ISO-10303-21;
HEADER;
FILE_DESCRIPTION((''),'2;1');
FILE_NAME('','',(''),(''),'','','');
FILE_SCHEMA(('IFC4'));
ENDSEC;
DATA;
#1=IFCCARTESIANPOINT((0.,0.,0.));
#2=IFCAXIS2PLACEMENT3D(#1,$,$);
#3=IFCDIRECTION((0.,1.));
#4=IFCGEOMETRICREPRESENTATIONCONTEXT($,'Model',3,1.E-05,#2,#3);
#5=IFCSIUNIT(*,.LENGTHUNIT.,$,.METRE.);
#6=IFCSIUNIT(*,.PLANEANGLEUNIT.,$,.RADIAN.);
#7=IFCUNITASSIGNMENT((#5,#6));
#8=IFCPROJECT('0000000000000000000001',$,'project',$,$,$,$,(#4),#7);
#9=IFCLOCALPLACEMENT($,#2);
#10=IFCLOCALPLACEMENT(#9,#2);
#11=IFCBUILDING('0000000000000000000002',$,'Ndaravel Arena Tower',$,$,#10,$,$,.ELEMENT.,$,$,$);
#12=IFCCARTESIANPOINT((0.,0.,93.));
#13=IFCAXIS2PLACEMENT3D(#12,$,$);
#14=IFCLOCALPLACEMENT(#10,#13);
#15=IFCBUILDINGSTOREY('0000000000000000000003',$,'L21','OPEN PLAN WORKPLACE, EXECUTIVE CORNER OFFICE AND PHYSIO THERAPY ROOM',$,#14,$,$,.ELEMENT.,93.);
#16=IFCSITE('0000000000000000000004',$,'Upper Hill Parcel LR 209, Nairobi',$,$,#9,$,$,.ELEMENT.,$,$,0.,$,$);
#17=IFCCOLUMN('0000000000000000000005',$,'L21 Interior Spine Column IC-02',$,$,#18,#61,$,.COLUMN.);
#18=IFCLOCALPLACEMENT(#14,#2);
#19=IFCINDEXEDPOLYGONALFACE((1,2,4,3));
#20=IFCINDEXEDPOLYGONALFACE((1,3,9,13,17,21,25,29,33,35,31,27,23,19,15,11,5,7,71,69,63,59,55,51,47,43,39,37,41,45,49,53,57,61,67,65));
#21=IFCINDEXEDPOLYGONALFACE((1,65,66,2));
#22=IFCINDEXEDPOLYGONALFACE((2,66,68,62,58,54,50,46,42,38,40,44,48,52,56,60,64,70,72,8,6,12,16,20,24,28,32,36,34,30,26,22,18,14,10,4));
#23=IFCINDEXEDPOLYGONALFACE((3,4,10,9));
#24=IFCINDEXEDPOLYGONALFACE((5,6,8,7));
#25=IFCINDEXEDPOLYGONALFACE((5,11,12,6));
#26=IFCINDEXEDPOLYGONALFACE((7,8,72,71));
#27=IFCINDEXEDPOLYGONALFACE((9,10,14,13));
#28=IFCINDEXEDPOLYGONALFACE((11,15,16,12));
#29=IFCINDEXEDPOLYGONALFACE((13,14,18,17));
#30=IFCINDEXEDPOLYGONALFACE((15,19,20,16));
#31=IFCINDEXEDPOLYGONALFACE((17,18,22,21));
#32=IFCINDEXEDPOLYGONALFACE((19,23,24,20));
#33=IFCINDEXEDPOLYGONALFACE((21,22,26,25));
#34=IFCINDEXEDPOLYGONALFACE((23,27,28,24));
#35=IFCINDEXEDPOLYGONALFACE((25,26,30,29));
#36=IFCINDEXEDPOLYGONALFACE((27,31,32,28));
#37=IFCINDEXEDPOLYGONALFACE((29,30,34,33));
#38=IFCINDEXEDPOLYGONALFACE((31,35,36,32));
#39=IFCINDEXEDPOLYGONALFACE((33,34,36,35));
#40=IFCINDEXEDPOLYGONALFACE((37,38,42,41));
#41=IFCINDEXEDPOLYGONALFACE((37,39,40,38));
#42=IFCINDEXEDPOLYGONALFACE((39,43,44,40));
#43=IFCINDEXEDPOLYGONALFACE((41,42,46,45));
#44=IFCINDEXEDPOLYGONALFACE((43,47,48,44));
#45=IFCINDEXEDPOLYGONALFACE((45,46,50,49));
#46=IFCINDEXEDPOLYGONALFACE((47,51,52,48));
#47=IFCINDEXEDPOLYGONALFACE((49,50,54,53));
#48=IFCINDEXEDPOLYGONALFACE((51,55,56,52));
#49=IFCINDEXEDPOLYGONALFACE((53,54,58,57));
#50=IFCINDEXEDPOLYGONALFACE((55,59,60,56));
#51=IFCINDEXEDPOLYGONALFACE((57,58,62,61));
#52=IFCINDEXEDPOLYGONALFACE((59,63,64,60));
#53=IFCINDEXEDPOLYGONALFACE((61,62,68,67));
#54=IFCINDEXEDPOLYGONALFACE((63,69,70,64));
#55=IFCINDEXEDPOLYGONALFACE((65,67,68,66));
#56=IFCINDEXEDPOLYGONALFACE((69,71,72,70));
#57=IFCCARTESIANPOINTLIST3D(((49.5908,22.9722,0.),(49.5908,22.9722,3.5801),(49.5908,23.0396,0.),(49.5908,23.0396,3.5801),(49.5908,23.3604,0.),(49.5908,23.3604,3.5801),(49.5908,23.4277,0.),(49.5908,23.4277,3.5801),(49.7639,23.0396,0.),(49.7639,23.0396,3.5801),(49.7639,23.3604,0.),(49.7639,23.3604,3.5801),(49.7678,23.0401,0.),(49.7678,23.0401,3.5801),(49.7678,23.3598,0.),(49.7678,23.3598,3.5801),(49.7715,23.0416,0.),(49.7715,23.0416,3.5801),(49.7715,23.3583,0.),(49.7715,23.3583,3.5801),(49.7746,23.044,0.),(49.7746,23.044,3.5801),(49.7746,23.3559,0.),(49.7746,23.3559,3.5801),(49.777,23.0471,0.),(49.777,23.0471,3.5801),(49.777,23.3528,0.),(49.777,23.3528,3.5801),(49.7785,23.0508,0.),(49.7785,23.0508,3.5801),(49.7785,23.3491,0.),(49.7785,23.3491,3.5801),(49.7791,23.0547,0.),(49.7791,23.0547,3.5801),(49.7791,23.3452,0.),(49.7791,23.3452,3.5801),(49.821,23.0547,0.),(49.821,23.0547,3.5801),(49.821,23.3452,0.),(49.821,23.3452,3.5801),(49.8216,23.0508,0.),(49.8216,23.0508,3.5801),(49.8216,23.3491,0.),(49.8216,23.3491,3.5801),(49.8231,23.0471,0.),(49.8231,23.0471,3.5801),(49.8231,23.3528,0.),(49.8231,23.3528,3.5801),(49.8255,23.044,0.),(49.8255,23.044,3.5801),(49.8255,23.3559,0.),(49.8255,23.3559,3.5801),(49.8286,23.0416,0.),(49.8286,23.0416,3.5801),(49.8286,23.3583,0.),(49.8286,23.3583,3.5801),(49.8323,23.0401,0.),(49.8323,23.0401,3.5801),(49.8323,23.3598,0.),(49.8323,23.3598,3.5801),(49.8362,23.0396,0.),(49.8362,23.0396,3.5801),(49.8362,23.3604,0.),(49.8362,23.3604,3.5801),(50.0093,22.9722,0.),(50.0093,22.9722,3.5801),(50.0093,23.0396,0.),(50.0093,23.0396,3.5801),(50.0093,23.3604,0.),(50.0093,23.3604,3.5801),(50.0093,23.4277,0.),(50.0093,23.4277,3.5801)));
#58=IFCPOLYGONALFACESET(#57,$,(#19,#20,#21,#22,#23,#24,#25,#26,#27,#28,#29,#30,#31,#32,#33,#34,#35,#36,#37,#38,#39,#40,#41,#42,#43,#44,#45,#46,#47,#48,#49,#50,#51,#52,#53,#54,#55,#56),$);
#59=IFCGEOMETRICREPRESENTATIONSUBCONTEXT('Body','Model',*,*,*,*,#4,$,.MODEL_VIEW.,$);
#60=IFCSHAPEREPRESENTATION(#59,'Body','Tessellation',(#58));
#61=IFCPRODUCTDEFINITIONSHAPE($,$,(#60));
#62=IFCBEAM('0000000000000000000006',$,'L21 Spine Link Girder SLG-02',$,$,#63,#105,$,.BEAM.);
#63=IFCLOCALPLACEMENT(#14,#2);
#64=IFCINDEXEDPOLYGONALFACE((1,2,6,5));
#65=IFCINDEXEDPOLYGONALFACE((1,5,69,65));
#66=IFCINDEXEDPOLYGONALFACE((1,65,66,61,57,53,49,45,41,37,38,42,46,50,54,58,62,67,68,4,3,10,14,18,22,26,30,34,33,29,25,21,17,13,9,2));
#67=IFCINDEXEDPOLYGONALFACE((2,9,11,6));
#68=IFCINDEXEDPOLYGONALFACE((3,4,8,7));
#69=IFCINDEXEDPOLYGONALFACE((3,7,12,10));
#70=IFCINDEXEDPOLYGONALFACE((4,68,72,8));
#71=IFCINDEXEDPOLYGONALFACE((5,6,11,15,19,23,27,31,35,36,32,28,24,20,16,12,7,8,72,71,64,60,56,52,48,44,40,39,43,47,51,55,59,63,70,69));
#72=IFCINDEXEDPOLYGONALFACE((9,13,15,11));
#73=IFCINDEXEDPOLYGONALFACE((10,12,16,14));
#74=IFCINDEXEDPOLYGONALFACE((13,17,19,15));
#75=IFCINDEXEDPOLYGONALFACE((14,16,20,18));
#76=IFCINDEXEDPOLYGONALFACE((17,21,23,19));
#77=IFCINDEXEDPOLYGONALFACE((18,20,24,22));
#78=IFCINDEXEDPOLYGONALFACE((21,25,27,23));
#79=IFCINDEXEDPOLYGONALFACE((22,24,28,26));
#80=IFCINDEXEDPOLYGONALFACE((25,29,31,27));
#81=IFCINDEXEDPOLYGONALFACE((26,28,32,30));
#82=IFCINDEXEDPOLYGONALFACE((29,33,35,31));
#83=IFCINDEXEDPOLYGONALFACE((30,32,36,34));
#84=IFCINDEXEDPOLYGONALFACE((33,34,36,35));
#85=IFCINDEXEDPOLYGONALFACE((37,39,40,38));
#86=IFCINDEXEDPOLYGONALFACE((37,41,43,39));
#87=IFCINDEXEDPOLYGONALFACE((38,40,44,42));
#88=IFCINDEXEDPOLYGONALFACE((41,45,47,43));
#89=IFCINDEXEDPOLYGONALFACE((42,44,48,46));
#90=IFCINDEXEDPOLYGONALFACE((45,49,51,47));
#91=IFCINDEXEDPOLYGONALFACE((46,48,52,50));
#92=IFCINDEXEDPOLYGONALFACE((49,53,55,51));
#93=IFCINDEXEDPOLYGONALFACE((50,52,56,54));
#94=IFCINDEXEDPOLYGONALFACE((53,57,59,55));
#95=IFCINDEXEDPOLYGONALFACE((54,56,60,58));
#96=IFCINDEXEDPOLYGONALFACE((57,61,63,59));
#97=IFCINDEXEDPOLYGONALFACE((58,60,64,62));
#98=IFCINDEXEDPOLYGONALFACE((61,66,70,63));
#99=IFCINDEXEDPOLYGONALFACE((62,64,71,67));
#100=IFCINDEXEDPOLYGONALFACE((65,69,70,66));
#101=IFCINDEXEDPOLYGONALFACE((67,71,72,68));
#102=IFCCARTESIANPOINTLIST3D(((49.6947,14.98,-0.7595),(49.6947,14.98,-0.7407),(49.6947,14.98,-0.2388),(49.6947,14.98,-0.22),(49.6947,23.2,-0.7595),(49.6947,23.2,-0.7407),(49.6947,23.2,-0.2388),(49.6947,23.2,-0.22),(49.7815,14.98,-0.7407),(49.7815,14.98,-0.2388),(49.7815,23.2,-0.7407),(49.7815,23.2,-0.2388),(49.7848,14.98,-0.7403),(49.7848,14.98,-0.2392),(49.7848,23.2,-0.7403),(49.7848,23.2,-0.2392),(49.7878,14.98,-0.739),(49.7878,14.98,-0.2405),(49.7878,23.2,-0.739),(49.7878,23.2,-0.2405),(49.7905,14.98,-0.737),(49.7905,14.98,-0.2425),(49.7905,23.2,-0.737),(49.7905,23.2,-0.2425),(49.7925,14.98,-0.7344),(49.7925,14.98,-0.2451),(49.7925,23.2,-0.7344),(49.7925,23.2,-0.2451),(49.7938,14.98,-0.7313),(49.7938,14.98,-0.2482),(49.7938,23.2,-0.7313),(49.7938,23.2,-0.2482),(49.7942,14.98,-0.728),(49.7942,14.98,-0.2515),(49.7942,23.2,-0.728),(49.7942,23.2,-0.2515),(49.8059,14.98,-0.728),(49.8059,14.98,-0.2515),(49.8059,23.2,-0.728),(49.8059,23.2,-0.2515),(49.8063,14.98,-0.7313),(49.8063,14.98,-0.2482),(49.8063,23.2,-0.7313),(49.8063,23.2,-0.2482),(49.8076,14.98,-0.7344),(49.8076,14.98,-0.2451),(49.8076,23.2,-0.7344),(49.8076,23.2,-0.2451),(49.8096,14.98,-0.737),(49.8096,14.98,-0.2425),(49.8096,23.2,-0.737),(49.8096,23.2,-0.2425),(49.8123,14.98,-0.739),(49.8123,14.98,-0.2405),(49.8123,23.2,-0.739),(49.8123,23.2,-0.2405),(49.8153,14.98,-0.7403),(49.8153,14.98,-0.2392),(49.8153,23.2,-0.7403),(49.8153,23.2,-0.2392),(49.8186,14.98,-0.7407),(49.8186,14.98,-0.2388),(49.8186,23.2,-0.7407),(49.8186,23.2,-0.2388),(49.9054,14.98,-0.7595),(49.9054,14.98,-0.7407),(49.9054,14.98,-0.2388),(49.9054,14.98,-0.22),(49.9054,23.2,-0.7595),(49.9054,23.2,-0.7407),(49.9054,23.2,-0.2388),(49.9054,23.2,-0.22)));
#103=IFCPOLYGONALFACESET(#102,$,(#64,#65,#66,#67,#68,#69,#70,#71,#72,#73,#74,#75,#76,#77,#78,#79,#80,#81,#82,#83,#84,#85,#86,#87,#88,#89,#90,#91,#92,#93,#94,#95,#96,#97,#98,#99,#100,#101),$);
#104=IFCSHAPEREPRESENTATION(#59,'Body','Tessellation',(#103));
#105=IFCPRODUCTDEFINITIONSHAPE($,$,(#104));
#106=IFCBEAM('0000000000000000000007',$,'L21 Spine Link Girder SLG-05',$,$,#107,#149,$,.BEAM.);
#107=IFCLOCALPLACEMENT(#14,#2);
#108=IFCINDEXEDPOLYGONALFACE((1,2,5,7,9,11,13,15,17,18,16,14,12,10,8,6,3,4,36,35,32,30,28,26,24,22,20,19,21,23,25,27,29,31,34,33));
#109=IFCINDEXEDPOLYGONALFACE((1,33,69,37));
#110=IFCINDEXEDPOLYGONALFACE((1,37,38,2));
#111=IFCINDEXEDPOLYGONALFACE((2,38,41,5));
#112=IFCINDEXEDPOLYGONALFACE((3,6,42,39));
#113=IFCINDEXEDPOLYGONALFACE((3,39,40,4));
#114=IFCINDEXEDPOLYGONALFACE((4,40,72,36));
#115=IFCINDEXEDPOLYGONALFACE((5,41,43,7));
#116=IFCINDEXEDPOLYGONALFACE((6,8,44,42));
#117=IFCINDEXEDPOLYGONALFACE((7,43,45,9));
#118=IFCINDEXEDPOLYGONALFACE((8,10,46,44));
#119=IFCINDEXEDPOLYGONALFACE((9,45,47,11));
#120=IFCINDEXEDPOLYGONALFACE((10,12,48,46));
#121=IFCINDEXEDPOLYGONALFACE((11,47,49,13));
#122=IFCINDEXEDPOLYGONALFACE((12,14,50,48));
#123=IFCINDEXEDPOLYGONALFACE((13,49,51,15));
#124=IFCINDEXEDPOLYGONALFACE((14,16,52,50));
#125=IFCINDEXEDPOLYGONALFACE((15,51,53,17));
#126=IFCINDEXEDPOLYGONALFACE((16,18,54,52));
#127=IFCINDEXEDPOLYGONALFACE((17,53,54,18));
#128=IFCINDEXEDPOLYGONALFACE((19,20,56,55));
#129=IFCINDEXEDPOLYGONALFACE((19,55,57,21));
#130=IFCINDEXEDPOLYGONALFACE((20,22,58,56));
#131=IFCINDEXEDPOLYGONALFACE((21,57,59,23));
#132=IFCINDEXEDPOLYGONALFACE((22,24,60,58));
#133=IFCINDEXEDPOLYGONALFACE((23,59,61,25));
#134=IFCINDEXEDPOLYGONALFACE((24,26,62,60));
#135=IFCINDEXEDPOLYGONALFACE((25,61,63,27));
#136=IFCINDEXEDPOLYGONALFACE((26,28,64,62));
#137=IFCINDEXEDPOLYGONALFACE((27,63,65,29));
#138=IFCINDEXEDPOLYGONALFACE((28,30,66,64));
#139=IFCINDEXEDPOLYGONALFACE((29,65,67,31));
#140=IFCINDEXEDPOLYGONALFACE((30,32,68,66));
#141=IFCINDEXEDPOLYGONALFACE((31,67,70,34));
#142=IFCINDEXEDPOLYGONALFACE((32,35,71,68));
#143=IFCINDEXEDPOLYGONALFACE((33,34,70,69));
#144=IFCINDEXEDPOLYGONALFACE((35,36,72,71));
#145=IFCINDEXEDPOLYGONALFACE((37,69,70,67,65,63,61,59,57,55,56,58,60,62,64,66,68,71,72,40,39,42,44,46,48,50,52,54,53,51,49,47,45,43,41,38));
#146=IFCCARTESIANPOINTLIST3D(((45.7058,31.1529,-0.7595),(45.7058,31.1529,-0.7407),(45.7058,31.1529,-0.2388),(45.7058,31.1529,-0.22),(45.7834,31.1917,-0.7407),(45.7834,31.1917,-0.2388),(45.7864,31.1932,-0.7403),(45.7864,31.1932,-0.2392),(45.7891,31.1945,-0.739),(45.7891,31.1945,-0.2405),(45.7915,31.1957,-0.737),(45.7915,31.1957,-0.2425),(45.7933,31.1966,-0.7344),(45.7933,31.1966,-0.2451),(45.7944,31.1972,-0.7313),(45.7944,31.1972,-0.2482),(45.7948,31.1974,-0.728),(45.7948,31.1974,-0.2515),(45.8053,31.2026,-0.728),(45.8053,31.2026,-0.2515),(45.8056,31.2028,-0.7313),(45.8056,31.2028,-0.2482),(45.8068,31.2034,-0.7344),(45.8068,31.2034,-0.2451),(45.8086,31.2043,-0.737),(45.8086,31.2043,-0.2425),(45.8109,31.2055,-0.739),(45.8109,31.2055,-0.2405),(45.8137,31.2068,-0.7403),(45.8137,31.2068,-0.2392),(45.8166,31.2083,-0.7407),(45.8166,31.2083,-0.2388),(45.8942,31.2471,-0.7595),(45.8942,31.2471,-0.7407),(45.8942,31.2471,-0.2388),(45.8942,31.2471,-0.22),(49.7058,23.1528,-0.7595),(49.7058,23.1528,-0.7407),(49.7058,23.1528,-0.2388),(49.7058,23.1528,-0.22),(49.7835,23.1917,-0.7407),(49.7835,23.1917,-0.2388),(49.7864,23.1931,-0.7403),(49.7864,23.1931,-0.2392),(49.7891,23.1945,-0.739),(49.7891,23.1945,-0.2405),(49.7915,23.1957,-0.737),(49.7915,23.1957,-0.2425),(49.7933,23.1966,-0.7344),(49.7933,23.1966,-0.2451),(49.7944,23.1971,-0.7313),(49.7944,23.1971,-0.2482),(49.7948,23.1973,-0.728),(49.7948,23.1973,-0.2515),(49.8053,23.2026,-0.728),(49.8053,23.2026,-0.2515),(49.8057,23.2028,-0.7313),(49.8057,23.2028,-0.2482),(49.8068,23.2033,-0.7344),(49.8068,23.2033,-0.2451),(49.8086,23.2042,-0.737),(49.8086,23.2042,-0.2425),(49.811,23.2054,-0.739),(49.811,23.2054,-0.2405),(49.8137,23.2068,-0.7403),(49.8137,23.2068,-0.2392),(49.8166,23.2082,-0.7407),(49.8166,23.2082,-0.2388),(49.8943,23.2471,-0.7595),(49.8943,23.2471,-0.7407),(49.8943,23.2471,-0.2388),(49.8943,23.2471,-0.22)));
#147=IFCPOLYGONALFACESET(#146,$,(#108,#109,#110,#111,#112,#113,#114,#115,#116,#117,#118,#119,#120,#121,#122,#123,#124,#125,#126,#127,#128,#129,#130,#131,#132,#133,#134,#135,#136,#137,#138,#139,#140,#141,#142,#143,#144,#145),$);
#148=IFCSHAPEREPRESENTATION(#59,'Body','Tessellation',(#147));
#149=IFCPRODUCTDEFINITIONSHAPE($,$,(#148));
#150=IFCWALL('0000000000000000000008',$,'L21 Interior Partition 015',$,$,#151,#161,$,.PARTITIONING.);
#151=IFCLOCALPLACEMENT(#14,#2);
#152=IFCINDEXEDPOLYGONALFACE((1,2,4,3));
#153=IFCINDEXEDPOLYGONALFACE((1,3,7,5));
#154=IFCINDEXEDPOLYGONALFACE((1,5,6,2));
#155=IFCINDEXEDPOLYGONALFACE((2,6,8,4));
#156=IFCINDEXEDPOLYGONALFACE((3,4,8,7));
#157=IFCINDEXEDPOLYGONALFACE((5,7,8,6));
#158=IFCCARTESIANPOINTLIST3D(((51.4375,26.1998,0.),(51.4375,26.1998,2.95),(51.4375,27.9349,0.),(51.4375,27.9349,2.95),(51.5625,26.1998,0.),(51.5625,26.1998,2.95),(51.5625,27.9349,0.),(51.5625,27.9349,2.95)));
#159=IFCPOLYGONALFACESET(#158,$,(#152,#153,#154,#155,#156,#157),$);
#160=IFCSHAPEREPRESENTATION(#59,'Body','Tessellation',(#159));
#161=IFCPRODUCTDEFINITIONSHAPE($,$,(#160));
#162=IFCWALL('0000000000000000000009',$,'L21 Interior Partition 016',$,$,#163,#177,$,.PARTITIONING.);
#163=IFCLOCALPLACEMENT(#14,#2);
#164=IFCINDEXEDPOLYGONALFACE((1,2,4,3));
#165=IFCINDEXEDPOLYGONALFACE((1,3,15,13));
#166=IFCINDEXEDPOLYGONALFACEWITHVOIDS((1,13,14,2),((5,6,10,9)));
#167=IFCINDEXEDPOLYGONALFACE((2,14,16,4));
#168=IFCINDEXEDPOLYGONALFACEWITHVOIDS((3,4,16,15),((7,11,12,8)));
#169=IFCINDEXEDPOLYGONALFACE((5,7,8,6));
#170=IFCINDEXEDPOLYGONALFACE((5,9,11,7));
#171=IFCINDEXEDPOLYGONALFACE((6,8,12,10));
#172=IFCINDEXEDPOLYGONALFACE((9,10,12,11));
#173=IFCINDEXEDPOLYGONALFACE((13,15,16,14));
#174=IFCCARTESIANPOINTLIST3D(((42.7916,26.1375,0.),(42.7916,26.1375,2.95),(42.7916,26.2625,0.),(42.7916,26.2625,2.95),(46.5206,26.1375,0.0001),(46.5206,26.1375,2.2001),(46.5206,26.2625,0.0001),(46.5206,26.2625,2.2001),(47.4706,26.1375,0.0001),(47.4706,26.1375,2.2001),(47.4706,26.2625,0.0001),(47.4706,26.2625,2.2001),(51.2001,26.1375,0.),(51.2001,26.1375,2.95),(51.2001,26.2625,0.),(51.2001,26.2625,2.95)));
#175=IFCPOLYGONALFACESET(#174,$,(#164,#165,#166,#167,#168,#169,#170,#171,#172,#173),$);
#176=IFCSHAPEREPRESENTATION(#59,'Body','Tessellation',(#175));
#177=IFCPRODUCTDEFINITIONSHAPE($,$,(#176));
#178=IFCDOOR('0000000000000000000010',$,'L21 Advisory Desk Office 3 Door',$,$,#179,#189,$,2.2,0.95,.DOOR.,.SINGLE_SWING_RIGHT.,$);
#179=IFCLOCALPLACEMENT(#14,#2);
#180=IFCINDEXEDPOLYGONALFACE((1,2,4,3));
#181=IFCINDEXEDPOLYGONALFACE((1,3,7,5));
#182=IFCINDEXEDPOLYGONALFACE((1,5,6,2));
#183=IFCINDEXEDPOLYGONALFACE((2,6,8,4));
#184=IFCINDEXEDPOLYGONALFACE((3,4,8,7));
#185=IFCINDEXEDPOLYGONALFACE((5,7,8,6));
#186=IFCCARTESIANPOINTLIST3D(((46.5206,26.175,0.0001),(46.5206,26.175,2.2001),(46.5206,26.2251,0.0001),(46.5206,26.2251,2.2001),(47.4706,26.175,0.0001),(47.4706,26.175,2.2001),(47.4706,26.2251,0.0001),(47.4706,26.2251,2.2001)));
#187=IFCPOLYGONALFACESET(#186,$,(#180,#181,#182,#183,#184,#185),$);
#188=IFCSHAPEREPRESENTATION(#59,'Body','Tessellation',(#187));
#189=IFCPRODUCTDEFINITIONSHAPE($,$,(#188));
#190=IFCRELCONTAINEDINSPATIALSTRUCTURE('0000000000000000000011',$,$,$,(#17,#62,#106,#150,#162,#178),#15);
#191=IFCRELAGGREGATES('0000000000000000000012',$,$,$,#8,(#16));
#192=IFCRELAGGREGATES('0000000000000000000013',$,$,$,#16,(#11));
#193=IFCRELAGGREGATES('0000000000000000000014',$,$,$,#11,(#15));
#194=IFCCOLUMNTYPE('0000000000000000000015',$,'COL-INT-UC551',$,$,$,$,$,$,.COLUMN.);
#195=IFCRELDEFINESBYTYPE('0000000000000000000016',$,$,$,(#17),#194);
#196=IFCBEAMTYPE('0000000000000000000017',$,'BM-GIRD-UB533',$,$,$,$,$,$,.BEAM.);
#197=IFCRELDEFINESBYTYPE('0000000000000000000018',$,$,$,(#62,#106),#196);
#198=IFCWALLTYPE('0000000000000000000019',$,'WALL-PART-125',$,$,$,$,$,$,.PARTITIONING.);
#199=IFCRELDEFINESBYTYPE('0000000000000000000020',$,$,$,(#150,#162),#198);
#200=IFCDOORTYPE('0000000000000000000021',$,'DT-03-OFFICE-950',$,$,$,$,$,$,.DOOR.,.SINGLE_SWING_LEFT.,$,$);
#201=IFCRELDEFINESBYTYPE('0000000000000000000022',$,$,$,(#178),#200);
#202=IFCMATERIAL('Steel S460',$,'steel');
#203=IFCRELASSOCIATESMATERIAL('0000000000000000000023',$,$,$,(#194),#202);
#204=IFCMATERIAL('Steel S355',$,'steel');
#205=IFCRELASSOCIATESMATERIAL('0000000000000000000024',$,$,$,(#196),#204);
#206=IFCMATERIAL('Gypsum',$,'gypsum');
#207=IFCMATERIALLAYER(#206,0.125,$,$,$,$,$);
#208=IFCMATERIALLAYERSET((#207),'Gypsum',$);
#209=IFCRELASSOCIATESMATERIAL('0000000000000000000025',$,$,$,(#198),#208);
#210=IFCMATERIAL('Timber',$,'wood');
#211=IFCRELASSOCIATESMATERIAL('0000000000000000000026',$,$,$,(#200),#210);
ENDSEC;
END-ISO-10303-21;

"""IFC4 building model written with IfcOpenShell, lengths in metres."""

from ifc_helpers import new_model, si_unit, direction, frame, frame_2d, origin, origin_2d, place, context, subcontext, project, spatial, rectangle, i_section, extrude, material, layer, layer_set, material_profile, profile_set, type_object, element, fill, save


model = new_model("IFC4")

# Units and contexts
model_context = context("Model", 3, precision=1e-05, world=origin(), true_north=direction((0.0, 1.0)))
body_context = subcontext(model_context, "Body", "Model", "MODEL_VIEW")
ifc_project = project(units=[si_unit("LENGTHUNIT", "METRE"), si_unit("PLANEANGLEUNIT", "RADIAN")], contexts=[model_context])

# Site, building, storey
site_placement = place(None, origin())
site = spatial("IfcSite", under=ifc_project, at=site_placement, Name="Upper Hill Parcel LR 209, Nairobi", CompositionType="ELEMENT", RefElevation=0.0)
building_placement = place(site_placement, origin())
building = spatial("IfcBuilding", under=site, at=building_placement, Name="Ndaravel Arena Tower", CompositionType="ELEMENT")
storey_placement = place(building_placement, frame((0.0, 0.0, 93.0)))
storey = spatial("IfcBuildingStorey", under=building, at=storey_placement, Name="L21", Description="OPEN PLAN WORKPLACE, EXECUTIVE CORNER OFFICE AND PHYSIO THERAPY ROOM", CompositionType="ELEMENT", Elevation=93.0)

# Column
ifc_material_1 = material(Name="Steel S460", Category="steel")
ifc_material_profile_1 = material_profile(ifc_material_1, i_section(OverallWidth=0.4185, OverallDepth=0.4556, WebThickness=0.042, FlangeThickness=0.0674, FilletRadius=0.0151, at=origin_2d()), Name="UC 356x406x551")
ifc_profile_set_1 = profile_set([ifc_material_profile_1], Name="Steel S460")
column_type = type_object("IfcColumnType", Name="COL-INT-UC551", PredefinedType="COLUMN", material=ifc_profile_set_1)
column_placement = place(storey_placement, frame((49.8, 23.2, 0.0), z_axis=(0.0, 0.0, 1.0), x_axis=(1.0, 0.0, 0.0)))
element("IfcColumn", 1, at=column_placement, inside=storey, type_object=column_type, Name="L21 Interior Spine Column IC-02", PredefinedType="COLUMN", context=body_context, shape_type="SweptSolid", body=[
    extrude(i_section(OverallWidth=0.4185, OverallDepth=0.4556, WebThickness=0.042, FlangeThickness=0.0674, FilletRadius=0.0151, at=origin_2d()), origin(), (0.0, 0.0, 1.0), 3.5801),
])

# Beams
ifc_material_2 = material(Name="Steel S355", Category="steel")
ifc_material_profile_2 = material_profile(ifc_material_2, i_section(OverallWidth=0.2107, OverallDepth=0.5396, WebThickness=0.0117, FlangeThickness=0.0188, FilletRadius=0.0127, at=origin_2d()), Name="UB 533x210x109")
ifc_profile_set_2 = profile_set([ifc_material_profile_2], Name="Steel S355")
beam_type = type_object("IfcBeamType", Name="BM-GIRD-UB533", PredefinedType="BEAM", material=ifc_profile_set_2)
beam_1_placement = place(storey_placement, frame((49.8, 14.98, -0.4897), z_axis=(0.0, 1.0, 0.0), x_axis=(-1.0, 0.0, 0.0)))
element("IfcBeam", 2, at=beam_1_placement, inside=storey, type_object=beam_type, Name="L21 Spine Link Girder SLG-02", PredefinedType="BEAM", context=body_context, shape_type="SweptSolid", body=[
    extrude(i_section(OverallWidth=0.2107, OverallDepth=0.5396, WebThickness=0.0117, FlangeThickness=0.0188, FilletRadius=0.0127, at=origin_2d()), origin(), (0.0, 0.0, 1.0), 8.22),
])
beam_2_placement = place(storey_placement, frame((49.8, 23.2, -0.4897), z_axis=(-0.447214, 0.894427, 0.0), x_axis=(-0.894427, -0.447214, 0.0)))
element("IfcBeam", 3, at=beam_2_placement, inside=storey, type_object=beam_type, Name="L21 Spine Link Girder SLG-05", PredefinedType="BEAM", context=body_context, shape_type="SweptSolid", body=[
    extrude(i_section(OverallWidth=0.2107, OverallDepth=0.5396, WebThickness=0.0117, FlangeThickness=0.0188, FilletRadius=0.0127, at=origin_2d()), origin(), (0.0, 0.0, 1.0), 8.9443),
])

# Wall
ifc_material_3 = material(Name="Gypsum", Category="gypsum")
ifc_layer_1 = layer(ifc_material_3, 0.125)
ifc_layer_set_1 = layer_set([ifc_layer_1], Name="Gypsum")
wall_type_1 = type_object("IfcWallType", Name="WALL-PART-125", PredefinedType="PARTITIONING", material=ifc_layer_set_1)
wall_1_placement = place(storey_placement, frame((51.5, 27.9351, 0.0), z_axis=(0.0, 0.0, 1.0), x_axis=(0.0, -1.0, 0.0)))
element("IfcWall", 4, at=wall_1_placement, inside=storey, type_object=wall_type_1, Name="L21 Interior Partition 015", PredefinedType="PARTITIONING", context=body_context, shape_type="SweptSolid", body=[
    extrude(rectangle(XDim=1.7351, YDim=0.125, at=frame_2d((0.8677, 0.0))), origin(), (0.0, 0.0, 1.0), 2.95),
])

# Wall, opening, door
wall_2_placement = place(storey_placement, frame((51.2, 26.2, 0.0), z_axis=(0.0, 0.0, 1.0), x_axis=(-1.0, 0.0, 0.0)))
wall_2 = element("IfcWall", 5, at=wall_2_placement, inside=storey, type_object=wall_type_1, Name="L21 Interior Partition 016", PredefinedType="PARTITIONING", context=body_context, shape_type="SweptSolid", body=[
    extrude(rectangle(XDim=8.4084, YDim=0.125, at=frame_2d((4.2041, 0.0))), origin(), (0.0, 0.0, 1.0), 2.95),
])
opening_1_placement = place(wall_2_placement, frame((3.7292, 0.0, 0.0)))
opening_1 = element("IfcOpeningElement", 6, at=opening_1_placement, cuts=wall_2, PredefinedType="OPENING", context=body_context, shape_type="SweptSolid", body=[
    extrude(rectangle(XDim=0.95, YDim=2.2, at=frame_2d((0.4751, 1.1001))), frame((0.0, 0.0625, 0.0), z_axis=(0.0, -1.0, 0.0), x_axis=(1.0, 0.0, 0.0)), (0.0, 0.0, 1.0), 0.125),
])
ifc_material_4 = material(Name="Timber", Category="wood")
door_type_1 = type_object("IfcDoorType", Name="DT-03-OFFICE-950", OperationType="SINGLE_SWING_LEFT", PredefinedType="DOOR", material=ifc_material_4)
door_1_placement = place(opening_1_placement, origin())
door_1 = element("IfcDoor", 7, at=door_1_placement, inside=storey, type_object=door_type_1, Name="L21 Advisory Desk Office 3 Door", OperationType="SINGLE_SWING_RIGHT", OverallHeight=2.2, OverallWidth=0.95, PredefinedType="DOOR", context=body_context, shape_type="SweptSolid", body=[
    extrude(rectangle(XDim=0.95, YDim=2.2, at=frame_2d((0.4751, 1.1001))), frame((0.0, 0.0249, 0.0), z_axis=(0.0, -1.0, 0.0), x_axis=(1.0, 0.0, 0.0)), (0.0, 0.0, 1.0), 0.05),
])
fill(opening_1, door_1)

save(model, "model.ifc")
